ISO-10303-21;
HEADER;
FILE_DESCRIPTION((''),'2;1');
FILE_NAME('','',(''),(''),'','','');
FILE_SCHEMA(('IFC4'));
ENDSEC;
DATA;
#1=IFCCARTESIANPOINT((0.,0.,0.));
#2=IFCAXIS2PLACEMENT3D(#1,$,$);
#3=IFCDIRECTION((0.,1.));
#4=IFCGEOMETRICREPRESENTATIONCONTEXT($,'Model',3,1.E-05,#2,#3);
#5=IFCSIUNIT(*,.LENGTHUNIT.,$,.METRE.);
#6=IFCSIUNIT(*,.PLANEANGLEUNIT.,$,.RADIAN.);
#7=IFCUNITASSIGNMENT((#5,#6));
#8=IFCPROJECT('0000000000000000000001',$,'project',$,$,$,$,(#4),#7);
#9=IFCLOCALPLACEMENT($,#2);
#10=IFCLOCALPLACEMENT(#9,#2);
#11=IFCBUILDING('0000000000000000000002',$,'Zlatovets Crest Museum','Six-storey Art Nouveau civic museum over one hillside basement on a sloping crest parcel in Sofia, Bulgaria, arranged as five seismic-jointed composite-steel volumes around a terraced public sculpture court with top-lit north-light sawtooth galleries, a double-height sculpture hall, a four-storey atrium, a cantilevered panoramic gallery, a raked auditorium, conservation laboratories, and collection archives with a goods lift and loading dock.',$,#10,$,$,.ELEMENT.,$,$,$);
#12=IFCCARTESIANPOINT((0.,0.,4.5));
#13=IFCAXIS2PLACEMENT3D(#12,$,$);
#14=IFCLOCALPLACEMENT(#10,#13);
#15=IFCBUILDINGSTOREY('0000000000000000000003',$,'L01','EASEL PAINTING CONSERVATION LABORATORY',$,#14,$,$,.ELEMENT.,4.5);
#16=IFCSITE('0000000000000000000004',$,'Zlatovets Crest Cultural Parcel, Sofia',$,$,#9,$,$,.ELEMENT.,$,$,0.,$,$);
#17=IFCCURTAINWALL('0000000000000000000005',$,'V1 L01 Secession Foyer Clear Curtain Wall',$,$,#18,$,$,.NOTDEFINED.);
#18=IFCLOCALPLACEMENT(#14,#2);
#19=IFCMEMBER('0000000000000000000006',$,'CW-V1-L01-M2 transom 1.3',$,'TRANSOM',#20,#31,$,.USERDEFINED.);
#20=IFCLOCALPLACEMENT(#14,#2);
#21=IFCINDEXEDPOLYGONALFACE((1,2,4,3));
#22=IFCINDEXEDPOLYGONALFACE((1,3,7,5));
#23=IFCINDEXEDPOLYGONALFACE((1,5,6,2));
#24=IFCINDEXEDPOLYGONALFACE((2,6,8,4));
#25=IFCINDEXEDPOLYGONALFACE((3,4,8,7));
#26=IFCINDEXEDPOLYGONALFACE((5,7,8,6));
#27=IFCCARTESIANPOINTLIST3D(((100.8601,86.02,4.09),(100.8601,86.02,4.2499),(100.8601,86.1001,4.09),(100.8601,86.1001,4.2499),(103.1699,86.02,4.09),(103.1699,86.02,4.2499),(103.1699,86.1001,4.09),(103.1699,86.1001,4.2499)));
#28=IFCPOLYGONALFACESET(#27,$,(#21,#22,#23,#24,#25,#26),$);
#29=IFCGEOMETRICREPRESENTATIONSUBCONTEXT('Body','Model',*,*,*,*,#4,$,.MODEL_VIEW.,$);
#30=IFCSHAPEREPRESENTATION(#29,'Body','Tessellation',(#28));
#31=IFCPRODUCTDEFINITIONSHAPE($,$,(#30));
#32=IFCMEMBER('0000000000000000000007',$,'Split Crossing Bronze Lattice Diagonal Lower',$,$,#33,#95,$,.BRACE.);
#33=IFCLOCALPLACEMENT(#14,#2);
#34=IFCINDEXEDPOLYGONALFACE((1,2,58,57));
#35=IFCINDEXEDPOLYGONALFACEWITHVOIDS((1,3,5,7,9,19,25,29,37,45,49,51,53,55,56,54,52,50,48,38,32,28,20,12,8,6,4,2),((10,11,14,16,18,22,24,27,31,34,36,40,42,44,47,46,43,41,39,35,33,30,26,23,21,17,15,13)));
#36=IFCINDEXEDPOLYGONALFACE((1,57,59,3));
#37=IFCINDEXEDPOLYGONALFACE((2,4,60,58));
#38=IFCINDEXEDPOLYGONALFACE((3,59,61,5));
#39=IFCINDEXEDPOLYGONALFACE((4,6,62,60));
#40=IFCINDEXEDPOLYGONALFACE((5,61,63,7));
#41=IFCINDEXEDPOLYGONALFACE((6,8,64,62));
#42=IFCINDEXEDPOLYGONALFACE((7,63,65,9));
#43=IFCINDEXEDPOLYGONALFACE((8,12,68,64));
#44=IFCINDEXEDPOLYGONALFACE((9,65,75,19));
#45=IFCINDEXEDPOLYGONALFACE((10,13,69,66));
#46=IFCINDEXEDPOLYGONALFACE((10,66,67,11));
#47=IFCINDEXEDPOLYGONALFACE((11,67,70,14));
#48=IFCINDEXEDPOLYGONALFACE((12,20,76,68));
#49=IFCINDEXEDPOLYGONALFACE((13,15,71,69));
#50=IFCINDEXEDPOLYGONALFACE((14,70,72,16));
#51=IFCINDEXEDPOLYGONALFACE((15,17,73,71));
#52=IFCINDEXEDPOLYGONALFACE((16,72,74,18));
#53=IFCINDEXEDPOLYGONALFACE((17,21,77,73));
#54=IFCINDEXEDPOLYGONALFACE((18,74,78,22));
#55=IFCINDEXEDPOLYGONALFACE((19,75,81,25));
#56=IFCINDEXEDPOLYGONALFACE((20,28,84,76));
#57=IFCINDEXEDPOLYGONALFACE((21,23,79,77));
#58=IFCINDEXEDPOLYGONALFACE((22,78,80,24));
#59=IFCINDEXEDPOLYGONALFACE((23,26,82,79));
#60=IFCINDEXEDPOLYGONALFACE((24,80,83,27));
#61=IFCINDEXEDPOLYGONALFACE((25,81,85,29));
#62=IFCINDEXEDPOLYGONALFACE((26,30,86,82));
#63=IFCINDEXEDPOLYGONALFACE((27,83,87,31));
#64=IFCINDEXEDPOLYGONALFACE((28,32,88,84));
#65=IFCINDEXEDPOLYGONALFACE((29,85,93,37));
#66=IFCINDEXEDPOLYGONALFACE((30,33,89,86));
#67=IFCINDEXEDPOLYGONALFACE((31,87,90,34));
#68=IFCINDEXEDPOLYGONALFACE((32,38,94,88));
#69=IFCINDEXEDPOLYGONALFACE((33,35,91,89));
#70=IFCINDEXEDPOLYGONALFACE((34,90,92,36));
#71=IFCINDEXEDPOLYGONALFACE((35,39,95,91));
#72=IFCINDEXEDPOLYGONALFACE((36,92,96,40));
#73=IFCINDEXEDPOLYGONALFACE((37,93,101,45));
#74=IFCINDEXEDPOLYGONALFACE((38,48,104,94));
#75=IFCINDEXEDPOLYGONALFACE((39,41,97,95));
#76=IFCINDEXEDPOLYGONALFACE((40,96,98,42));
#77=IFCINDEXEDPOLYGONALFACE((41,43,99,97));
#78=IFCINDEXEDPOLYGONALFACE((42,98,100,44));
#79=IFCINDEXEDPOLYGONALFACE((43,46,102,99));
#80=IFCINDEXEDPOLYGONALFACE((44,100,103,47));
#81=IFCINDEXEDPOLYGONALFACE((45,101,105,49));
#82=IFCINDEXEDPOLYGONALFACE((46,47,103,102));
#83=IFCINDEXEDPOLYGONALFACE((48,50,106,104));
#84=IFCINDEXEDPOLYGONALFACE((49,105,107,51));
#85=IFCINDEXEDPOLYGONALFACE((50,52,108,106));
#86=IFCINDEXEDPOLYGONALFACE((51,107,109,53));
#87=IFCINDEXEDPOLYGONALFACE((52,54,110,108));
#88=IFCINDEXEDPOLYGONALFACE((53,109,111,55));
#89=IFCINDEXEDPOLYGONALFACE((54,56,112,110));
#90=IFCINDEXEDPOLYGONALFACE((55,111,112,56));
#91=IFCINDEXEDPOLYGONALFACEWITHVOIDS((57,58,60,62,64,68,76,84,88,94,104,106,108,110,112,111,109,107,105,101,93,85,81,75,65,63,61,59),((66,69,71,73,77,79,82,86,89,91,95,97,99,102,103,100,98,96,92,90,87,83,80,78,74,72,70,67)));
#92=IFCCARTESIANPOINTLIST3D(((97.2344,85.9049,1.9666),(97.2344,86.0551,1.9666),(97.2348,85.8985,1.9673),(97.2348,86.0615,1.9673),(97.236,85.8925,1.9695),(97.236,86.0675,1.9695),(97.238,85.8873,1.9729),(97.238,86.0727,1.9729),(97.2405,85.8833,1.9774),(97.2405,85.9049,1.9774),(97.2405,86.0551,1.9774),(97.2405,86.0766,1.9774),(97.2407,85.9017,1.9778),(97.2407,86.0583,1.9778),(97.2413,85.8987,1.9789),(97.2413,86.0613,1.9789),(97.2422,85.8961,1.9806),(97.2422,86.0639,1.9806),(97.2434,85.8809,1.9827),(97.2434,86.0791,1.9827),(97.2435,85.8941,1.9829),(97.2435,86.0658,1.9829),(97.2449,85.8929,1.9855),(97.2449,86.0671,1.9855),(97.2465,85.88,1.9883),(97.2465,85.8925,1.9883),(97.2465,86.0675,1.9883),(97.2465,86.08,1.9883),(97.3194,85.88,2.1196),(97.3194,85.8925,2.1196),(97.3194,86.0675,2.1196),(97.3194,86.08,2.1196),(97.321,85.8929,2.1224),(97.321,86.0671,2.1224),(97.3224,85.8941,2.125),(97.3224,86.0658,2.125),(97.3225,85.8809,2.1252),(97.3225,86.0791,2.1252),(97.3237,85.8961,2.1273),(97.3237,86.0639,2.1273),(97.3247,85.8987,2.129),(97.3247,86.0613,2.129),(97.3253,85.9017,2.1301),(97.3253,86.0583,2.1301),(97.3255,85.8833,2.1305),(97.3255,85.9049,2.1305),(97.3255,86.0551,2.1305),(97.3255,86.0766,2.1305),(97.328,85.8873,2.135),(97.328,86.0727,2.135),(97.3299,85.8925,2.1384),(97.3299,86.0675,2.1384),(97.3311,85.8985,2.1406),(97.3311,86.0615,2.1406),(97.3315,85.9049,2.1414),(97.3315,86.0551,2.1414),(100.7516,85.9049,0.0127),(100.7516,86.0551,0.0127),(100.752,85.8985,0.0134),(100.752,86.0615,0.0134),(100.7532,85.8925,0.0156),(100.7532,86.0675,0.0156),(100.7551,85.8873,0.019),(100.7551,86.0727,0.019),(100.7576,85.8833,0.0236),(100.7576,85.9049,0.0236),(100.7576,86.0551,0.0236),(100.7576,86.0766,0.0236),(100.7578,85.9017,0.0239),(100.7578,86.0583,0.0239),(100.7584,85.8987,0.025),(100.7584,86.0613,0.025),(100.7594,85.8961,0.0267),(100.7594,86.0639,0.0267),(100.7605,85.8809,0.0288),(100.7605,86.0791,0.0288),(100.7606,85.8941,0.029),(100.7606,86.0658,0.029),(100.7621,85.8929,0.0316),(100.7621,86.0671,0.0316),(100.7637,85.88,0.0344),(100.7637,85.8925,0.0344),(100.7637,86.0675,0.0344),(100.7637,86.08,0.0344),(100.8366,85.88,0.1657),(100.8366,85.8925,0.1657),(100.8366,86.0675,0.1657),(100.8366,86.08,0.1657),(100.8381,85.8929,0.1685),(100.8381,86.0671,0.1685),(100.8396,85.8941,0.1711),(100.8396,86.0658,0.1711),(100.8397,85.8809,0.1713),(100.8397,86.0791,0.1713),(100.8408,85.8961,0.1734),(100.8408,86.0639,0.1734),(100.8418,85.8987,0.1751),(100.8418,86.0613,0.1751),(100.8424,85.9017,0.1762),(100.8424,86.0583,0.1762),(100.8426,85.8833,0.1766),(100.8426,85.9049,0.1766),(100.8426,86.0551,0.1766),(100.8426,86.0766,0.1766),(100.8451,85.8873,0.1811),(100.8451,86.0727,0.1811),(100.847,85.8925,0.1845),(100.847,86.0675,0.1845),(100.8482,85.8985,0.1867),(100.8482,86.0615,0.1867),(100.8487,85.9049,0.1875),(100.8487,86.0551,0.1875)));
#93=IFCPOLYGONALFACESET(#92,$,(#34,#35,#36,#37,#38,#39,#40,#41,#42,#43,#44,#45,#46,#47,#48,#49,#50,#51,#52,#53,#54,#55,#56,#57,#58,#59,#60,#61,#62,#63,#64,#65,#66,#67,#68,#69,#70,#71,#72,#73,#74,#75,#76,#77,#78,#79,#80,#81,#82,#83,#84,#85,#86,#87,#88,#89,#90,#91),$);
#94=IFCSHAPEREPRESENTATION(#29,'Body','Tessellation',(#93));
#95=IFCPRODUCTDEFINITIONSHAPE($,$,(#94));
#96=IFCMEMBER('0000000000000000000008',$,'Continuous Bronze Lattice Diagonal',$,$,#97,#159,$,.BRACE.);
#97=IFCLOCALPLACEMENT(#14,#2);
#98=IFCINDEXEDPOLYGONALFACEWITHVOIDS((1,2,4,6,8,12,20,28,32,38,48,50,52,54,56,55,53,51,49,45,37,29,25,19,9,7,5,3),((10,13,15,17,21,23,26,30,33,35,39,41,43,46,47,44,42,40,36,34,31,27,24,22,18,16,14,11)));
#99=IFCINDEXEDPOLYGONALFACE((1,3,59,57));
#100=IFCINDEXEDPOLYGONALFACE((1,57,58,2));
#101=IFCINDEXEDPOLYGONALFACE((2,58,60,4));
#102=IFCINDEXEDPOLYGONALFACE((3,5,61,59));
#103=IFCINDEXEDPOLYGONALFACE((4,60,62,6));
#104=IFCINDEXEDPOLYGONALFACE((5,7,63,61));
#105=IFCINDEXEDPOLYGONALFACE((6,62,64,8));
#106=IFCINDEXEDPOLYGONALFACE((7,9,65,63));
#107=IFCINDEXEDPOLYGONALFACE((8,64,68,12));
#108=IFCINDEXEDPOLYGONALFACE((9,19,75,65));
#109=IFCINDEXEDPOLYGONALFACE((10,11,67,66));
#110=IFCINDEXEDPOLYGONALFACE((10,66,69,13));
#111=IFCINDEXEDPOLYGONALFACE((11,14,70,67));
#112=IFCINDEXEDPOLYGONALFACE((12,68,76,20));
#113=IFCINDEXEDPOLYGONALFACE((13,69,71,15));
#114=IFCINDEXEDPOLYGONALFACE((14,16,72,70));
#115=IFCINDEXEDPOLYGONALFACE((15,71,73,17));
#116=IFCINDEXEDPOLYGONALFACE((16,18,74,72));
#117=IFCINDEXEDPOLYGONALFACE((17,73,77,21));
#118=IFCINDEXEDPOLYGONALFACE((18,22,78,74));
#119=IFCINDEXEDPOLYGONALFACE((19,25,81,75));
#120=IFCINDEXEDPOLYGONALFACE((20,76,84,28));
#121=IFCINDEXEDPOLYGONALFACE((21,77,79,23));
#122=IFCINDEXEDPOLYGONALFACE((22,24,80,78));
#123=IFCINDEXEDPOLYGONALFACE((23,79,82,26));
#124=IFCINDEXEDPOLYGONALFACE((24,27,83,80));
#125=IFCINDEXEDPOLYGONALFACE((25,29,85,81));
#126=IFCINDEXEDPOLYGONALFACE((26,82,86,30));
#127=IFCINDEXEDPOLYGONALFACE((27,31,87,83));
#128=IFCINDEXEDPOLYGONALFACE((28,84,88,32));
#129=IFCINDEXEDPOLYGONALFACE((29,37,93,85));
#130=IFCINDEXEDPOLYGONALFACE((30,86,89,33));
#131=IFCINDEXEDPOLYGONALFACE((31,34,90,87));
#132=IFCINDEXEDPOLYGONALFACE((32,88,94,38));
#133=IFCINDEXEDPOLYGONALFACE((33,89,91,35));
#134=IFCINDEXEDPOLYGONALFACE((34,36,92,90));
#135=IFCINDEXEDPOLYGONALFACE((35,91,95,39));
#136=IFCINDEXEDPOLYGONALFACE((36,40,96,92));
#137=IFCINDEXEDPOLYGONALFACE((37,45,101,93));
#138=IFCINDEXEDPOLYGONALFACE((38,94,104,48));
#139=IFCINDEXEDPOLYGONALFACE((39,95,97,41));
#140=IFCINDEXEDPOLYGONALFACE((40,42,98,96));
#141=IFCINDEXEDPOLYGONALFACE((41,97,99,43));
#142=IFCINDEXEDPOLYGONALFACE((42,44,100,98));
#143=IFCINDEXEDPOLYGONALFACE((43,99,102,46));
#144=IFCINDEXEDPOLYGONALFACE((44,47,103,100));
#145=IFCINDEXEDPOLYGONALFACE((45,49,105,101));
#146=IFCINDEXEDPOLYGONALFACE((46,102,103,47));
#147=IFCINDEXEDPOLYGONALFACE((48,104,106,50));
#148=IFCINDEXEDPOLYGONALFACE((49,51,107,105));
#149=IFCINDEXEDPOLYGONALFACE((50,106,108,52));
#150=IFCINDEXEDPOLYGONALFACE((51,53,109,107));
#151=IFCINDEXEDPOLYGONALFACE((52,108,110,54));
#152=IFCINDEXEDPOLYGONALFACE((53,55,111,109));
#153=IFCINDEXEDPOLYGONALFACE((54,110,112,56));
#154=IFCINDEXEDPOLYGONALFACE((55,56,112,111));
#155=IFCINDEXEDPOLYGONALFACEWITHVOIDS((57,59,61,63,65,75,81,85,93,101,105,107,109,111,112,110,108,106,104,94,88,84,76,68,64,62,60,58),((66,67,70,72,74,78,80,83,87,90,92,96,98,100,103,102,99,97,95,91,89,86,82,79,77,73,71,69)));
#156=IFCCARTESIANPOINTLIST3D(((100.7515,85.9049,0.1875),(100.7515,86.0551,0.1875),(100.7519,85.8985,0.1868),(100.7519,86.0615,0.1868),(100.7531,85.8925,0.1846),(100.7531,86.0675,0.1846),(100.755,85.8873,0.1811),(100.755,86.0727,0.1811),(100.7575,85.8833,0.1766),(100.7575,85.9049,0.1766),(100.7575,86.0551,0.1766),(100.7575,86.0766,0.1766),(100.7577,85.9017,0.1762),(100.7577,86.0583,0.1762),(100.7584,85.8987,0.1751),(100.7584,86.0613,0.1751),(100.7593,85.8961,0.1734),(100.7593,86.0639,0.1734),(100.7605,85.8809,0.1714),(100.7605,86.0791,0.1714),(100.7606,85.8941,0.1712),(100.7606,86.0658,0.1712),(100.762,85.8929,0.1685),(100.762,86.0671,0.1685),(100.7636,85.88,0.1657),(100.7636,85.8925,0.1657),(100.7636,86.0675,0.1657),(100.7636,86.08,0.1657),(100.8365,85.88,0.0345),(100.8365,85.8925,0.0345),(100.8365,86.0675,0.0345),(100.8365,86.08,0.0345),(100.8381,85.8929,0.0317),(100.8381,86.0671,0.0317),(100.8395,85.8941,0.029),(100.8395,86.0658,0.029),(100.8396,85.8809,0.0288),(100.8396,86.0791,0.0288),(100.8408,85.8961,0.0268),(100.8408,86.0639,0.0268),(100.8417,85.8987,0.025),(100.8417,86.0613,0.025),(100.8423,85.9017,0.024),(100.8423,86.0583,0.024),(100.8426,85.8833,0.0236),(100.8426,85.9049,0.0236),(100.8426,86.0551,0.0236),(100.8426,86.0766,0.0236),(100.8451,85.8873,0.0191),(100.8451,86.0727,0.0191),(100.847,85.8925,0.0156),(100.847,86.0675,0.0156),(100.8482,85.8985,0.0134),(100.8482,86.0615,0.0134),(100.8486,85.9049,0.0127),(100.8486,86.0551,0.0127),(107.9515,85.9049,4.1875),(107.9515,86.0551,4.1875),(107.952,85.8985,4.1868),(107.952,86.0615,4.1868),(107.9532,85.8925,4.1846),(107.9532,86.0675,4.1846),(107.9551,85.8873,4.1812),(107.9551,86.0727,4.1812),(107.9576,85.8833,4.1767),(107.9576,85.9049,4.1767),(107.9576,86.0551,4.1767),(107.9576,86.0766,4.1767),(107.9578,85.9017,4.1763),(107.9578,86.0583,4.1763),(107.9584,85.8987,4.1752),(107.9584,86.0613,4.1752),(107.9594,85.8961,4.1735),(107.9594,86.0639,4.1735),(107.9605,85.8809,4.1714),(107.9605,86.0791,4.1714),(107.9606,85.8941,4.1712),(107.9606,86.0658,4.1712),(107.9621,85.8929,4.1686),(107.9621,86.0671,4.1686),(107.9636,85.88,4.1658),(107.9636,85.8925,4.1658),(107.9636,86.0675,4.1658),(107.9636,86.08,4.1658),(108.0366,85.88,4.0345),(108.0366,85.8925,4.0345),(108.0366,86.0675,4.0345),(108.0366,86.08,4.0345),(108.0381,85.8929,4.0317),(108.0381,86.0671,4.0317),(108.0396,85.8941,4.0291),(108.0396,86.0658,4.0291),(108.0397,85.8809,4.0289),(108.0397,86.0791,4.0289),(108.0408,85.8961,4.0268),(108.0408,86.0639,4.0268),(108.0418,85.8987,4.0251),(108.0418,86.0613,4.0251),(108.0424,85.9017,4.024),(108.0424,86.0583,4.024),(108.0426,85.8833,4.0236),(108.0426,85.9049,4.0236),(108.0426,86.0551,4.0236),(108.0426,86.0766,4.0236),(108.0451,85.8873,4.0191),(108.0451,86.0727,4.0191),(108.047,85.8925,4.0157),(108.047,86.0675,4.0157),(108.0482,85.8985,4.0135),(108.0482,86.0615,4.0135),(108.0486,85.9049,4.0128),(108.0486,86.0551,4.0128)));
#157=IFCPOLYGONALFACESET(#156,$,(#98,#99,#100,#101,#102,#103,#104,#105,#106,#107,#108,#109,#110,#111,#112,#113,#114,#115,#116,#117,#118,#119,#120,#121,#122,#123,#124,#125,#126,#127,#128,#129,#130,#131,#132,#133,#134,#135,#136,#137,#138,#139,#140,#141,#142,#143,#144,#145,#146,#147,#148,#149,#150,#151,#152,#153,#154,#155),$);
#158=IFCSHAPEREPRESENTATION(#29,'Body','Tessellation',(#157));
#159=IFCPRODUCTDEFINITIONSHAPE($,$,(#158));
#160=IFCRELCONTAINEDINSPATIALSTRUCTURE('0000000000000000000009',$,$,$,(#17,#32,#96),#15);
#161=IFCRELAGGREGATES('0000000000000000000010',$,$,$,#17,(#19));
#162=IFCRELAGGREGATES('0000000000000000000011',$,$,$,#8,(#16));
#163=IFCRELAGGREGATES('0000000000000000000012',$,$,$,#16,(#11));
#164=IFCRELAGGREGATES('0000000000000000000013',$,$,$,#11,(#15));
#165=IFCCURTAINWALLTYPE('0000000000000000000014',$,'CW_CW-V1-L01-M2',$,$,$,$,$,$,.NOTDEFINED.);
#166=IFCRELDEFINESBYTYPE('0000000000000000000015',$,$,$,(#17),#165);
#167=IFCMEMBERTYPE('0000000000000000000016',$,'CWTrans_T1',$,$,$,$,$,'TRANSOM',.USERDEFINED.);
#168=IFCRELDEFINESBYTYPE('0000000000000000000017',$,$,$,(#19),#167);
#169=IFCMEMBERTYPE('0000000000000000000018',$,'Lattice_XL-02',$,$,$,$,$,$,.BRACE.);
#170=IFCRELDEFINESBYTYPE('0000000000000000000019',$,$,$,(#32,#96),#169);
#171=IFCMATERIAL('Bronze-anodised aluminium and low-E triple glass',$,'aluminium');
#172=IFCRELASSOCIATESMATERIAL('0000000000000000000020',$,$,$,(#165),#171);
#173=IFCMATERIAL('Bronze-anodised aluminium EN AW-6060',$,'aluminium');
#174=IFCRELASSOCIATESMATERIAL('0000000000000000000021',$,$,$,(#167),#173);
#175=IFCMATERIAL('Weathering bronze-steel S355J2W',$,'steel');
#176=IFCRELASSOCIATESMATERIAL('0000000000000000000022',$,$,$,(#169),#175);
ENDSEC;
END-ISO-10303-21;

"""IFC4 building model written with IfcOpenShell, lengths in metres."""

from ifc_helpers import new_model, si_unit, direction, frame, origin, origin_2d, place, context, subcontext, project, spatial, rectangle, hollow_rectangle, extrude, material, material_profile, profile_set, type_object, element, aggregate, save


model = new_model("IFC4")

# Units and contexts
model_context = context("Model", 3, precision=1e-05, world=origin(), true_north=direction((0.0, 1.0)))
body_context = subcontext(model_context, "Body", "Model", "MODEL_VIEW")
ifc_project = project(units=[si_unit("LENGTHUNIT", "METRE"), si_unit("PLANEANGLEUNIT", "RADIAN")], contexts=[model_context])

# Site, building, storey
site_placement = place(None, origin())
site = spatial("IfcSite", under=ifc_project, at=site_placement, Name="Zlatovets Crest Cultural Parcel, Sofia", CompositionType="ELEMENT", RefElevation=0.0)
building_placement = place(site_placement, origin())
building = spatial("IfcBuilding", under=site, at=building_placement, Name="Zlatovets Crest Museum", Description="Six-storey Art Nouveau civic museum over one hillside basement on a sloping crest parcel in Sofia, Bulgaria, arranged as five seismic-jointed composite-steel volumes around a terraced public sculpture court with top-lit north-light sawtooth galleries, a double-height sculpture hall, a four-storey atrium, a cantilevered panoramic gallery, a raked auditorium, conservation laboratories, and collection archives with a goods lift and loading dock.", CompositionType="ELEMENT")
storey_placement = place(building_placement, frame((0.0, 0.0, 4.5)))
storey = spatial("IfcBuildingStorey", under=building, at=storey_placement, Name="L01", Description="EASEL PAINTING CONSERVATION LABORATORY", CompositionType="ELEMENT", Elevation=4.5)

# Shared definitions
ifc_material_1 = material(Name="Bronze-anodised aluminium and low-E triple glass", Category="aluminium")
ifc_material_2 = material(Name="Bronze-anodised aluminium EN AW-6060", Category="aluminium")

# Curtain wall
curtain_wall_type_1 = type_object("IfcCurtainWallType", Name="CW_CW-V1-L01-M2", PredefinedType="NOTDEFINED", material=ifc_material_1)
curtain_wall_1_placement = place(storey_placement, origin())
curtain_wall_1 = element("IfcCurtainWall", 1, at=curtain_wall_1_placement, inside=storey, type_object=curtain_wall_type_1, Name="V1 L01 Secession Foyer Clear Curtain Wall", PredefinedType="NOTDEFINED")

# Member
ifc_material_profile_1 = material_profile(ifc_material_2, rectangle(XDim=0.0801, YDim=0.1599, at=origin_2d()), Name="ALU 80x160")
ifc_profile_set_1 = profile_set([ifc_material_profile_1], Name="Bronze-anodised aluminium EN AW-6060")
member_type_1 = type_object("IfcMemberType", Name="CWTrans_T1", ElementType="TRANSOM", PredefinedType="USERDEFINED", material=ifc_profile_set_1)
member_1_placement = place(storey_placement, frame((100.8601, 86.0601, 4.1699), z_axis=(1.0, 0.0, 0.0), x_axis=(0.0, 1.0, 0.0)))
member_1 = element("IfcMember", 2, at=member_1_placement, type_object=member_type_1, Name="CW-V1-L01-M2 transom 1.3", ObjectType="TRANSOM", PredefinedType="USERDEFINED", context=body_context, shape_type="SweptSolid", body=[
    extrude(rectangle(XDim=0.0801, YDim=0.1599, at=origin_2d()), origin(), (0.0, 0.0, 1.0), 2.3098),
])

# Members
ifc_material_3 = material(Name="Weathering bronze-steel S355J2W", Category="steel")
ifc_material_profile_2 = material_profile(ifc_material_3, hollow_rectangle(XDim=0.2, YDim=0.2, WallThickness=0.0125, InnerFilletRadius=0.0125, OuterFilletRadius=0.0249, at=origin_2d()), Name="SHS 200x200x12.5")
ifc_profile_set_2 = profile_set([ifc_material_profile_2], Name="Weathering bronze-steel S355J2W")
member_type_2 = type_object("IfcMemberType", Name="Lattice_XL-02", PredefinedType="BRACE", material=ifc_profile_set_2)
member_2_placement = place(storey_placement, frame((97.283, 85.98, 2.054), z_axis=(0.874166, 0.0, -0.485627), x_axis=(0.0, 1.0, 0.0)))
element("IfcMember", 3, at=member_2_placement, inside=storey, type_object=member_type_2, Name="Split Crossing Bronze Lattice Diagonal Lower", PredefinedType="BRACE", context=body_context, shape_type="SweptSolid", body=[
    extrude(hollow_rectangle(XDim=0.2, YDim=0.2, WallThickness=0.0125, InnerFilletRadius=0.0125, OuterFilletRadius=0.0249, at=origin_2d()), origin(), (0.0, 0.0, 1.0), 4.0234),
])
member_3_placement = place(storey_placement, frame((100.8, 85.98, 0.1001), z_axis=(0.874156, 0.0, 0.485645), x_axis=(0.0, 1.0, 0.0)))
element("IfcMember", 4, at=member_3_placement, inside=storey, type_object=member_type_2, Name="Continuous Bronze Lattice Diagonal", PredefinedType="BRACE", context=body_context, shape_type="SweptSolid", body=[
    extrude(hollow_rectangle(XDim=0.2, YDim=0.2, WallThickness=0.0125, InnerFilletRadius=0.0125, OuterFilletRadius=0.0249, at=origin_2d()), origin(), (0.0, 0.0, 1.0), 8.2366),
])

aggregate(curtain_wall_1, [member_1])

save(model, "model.ifc")
